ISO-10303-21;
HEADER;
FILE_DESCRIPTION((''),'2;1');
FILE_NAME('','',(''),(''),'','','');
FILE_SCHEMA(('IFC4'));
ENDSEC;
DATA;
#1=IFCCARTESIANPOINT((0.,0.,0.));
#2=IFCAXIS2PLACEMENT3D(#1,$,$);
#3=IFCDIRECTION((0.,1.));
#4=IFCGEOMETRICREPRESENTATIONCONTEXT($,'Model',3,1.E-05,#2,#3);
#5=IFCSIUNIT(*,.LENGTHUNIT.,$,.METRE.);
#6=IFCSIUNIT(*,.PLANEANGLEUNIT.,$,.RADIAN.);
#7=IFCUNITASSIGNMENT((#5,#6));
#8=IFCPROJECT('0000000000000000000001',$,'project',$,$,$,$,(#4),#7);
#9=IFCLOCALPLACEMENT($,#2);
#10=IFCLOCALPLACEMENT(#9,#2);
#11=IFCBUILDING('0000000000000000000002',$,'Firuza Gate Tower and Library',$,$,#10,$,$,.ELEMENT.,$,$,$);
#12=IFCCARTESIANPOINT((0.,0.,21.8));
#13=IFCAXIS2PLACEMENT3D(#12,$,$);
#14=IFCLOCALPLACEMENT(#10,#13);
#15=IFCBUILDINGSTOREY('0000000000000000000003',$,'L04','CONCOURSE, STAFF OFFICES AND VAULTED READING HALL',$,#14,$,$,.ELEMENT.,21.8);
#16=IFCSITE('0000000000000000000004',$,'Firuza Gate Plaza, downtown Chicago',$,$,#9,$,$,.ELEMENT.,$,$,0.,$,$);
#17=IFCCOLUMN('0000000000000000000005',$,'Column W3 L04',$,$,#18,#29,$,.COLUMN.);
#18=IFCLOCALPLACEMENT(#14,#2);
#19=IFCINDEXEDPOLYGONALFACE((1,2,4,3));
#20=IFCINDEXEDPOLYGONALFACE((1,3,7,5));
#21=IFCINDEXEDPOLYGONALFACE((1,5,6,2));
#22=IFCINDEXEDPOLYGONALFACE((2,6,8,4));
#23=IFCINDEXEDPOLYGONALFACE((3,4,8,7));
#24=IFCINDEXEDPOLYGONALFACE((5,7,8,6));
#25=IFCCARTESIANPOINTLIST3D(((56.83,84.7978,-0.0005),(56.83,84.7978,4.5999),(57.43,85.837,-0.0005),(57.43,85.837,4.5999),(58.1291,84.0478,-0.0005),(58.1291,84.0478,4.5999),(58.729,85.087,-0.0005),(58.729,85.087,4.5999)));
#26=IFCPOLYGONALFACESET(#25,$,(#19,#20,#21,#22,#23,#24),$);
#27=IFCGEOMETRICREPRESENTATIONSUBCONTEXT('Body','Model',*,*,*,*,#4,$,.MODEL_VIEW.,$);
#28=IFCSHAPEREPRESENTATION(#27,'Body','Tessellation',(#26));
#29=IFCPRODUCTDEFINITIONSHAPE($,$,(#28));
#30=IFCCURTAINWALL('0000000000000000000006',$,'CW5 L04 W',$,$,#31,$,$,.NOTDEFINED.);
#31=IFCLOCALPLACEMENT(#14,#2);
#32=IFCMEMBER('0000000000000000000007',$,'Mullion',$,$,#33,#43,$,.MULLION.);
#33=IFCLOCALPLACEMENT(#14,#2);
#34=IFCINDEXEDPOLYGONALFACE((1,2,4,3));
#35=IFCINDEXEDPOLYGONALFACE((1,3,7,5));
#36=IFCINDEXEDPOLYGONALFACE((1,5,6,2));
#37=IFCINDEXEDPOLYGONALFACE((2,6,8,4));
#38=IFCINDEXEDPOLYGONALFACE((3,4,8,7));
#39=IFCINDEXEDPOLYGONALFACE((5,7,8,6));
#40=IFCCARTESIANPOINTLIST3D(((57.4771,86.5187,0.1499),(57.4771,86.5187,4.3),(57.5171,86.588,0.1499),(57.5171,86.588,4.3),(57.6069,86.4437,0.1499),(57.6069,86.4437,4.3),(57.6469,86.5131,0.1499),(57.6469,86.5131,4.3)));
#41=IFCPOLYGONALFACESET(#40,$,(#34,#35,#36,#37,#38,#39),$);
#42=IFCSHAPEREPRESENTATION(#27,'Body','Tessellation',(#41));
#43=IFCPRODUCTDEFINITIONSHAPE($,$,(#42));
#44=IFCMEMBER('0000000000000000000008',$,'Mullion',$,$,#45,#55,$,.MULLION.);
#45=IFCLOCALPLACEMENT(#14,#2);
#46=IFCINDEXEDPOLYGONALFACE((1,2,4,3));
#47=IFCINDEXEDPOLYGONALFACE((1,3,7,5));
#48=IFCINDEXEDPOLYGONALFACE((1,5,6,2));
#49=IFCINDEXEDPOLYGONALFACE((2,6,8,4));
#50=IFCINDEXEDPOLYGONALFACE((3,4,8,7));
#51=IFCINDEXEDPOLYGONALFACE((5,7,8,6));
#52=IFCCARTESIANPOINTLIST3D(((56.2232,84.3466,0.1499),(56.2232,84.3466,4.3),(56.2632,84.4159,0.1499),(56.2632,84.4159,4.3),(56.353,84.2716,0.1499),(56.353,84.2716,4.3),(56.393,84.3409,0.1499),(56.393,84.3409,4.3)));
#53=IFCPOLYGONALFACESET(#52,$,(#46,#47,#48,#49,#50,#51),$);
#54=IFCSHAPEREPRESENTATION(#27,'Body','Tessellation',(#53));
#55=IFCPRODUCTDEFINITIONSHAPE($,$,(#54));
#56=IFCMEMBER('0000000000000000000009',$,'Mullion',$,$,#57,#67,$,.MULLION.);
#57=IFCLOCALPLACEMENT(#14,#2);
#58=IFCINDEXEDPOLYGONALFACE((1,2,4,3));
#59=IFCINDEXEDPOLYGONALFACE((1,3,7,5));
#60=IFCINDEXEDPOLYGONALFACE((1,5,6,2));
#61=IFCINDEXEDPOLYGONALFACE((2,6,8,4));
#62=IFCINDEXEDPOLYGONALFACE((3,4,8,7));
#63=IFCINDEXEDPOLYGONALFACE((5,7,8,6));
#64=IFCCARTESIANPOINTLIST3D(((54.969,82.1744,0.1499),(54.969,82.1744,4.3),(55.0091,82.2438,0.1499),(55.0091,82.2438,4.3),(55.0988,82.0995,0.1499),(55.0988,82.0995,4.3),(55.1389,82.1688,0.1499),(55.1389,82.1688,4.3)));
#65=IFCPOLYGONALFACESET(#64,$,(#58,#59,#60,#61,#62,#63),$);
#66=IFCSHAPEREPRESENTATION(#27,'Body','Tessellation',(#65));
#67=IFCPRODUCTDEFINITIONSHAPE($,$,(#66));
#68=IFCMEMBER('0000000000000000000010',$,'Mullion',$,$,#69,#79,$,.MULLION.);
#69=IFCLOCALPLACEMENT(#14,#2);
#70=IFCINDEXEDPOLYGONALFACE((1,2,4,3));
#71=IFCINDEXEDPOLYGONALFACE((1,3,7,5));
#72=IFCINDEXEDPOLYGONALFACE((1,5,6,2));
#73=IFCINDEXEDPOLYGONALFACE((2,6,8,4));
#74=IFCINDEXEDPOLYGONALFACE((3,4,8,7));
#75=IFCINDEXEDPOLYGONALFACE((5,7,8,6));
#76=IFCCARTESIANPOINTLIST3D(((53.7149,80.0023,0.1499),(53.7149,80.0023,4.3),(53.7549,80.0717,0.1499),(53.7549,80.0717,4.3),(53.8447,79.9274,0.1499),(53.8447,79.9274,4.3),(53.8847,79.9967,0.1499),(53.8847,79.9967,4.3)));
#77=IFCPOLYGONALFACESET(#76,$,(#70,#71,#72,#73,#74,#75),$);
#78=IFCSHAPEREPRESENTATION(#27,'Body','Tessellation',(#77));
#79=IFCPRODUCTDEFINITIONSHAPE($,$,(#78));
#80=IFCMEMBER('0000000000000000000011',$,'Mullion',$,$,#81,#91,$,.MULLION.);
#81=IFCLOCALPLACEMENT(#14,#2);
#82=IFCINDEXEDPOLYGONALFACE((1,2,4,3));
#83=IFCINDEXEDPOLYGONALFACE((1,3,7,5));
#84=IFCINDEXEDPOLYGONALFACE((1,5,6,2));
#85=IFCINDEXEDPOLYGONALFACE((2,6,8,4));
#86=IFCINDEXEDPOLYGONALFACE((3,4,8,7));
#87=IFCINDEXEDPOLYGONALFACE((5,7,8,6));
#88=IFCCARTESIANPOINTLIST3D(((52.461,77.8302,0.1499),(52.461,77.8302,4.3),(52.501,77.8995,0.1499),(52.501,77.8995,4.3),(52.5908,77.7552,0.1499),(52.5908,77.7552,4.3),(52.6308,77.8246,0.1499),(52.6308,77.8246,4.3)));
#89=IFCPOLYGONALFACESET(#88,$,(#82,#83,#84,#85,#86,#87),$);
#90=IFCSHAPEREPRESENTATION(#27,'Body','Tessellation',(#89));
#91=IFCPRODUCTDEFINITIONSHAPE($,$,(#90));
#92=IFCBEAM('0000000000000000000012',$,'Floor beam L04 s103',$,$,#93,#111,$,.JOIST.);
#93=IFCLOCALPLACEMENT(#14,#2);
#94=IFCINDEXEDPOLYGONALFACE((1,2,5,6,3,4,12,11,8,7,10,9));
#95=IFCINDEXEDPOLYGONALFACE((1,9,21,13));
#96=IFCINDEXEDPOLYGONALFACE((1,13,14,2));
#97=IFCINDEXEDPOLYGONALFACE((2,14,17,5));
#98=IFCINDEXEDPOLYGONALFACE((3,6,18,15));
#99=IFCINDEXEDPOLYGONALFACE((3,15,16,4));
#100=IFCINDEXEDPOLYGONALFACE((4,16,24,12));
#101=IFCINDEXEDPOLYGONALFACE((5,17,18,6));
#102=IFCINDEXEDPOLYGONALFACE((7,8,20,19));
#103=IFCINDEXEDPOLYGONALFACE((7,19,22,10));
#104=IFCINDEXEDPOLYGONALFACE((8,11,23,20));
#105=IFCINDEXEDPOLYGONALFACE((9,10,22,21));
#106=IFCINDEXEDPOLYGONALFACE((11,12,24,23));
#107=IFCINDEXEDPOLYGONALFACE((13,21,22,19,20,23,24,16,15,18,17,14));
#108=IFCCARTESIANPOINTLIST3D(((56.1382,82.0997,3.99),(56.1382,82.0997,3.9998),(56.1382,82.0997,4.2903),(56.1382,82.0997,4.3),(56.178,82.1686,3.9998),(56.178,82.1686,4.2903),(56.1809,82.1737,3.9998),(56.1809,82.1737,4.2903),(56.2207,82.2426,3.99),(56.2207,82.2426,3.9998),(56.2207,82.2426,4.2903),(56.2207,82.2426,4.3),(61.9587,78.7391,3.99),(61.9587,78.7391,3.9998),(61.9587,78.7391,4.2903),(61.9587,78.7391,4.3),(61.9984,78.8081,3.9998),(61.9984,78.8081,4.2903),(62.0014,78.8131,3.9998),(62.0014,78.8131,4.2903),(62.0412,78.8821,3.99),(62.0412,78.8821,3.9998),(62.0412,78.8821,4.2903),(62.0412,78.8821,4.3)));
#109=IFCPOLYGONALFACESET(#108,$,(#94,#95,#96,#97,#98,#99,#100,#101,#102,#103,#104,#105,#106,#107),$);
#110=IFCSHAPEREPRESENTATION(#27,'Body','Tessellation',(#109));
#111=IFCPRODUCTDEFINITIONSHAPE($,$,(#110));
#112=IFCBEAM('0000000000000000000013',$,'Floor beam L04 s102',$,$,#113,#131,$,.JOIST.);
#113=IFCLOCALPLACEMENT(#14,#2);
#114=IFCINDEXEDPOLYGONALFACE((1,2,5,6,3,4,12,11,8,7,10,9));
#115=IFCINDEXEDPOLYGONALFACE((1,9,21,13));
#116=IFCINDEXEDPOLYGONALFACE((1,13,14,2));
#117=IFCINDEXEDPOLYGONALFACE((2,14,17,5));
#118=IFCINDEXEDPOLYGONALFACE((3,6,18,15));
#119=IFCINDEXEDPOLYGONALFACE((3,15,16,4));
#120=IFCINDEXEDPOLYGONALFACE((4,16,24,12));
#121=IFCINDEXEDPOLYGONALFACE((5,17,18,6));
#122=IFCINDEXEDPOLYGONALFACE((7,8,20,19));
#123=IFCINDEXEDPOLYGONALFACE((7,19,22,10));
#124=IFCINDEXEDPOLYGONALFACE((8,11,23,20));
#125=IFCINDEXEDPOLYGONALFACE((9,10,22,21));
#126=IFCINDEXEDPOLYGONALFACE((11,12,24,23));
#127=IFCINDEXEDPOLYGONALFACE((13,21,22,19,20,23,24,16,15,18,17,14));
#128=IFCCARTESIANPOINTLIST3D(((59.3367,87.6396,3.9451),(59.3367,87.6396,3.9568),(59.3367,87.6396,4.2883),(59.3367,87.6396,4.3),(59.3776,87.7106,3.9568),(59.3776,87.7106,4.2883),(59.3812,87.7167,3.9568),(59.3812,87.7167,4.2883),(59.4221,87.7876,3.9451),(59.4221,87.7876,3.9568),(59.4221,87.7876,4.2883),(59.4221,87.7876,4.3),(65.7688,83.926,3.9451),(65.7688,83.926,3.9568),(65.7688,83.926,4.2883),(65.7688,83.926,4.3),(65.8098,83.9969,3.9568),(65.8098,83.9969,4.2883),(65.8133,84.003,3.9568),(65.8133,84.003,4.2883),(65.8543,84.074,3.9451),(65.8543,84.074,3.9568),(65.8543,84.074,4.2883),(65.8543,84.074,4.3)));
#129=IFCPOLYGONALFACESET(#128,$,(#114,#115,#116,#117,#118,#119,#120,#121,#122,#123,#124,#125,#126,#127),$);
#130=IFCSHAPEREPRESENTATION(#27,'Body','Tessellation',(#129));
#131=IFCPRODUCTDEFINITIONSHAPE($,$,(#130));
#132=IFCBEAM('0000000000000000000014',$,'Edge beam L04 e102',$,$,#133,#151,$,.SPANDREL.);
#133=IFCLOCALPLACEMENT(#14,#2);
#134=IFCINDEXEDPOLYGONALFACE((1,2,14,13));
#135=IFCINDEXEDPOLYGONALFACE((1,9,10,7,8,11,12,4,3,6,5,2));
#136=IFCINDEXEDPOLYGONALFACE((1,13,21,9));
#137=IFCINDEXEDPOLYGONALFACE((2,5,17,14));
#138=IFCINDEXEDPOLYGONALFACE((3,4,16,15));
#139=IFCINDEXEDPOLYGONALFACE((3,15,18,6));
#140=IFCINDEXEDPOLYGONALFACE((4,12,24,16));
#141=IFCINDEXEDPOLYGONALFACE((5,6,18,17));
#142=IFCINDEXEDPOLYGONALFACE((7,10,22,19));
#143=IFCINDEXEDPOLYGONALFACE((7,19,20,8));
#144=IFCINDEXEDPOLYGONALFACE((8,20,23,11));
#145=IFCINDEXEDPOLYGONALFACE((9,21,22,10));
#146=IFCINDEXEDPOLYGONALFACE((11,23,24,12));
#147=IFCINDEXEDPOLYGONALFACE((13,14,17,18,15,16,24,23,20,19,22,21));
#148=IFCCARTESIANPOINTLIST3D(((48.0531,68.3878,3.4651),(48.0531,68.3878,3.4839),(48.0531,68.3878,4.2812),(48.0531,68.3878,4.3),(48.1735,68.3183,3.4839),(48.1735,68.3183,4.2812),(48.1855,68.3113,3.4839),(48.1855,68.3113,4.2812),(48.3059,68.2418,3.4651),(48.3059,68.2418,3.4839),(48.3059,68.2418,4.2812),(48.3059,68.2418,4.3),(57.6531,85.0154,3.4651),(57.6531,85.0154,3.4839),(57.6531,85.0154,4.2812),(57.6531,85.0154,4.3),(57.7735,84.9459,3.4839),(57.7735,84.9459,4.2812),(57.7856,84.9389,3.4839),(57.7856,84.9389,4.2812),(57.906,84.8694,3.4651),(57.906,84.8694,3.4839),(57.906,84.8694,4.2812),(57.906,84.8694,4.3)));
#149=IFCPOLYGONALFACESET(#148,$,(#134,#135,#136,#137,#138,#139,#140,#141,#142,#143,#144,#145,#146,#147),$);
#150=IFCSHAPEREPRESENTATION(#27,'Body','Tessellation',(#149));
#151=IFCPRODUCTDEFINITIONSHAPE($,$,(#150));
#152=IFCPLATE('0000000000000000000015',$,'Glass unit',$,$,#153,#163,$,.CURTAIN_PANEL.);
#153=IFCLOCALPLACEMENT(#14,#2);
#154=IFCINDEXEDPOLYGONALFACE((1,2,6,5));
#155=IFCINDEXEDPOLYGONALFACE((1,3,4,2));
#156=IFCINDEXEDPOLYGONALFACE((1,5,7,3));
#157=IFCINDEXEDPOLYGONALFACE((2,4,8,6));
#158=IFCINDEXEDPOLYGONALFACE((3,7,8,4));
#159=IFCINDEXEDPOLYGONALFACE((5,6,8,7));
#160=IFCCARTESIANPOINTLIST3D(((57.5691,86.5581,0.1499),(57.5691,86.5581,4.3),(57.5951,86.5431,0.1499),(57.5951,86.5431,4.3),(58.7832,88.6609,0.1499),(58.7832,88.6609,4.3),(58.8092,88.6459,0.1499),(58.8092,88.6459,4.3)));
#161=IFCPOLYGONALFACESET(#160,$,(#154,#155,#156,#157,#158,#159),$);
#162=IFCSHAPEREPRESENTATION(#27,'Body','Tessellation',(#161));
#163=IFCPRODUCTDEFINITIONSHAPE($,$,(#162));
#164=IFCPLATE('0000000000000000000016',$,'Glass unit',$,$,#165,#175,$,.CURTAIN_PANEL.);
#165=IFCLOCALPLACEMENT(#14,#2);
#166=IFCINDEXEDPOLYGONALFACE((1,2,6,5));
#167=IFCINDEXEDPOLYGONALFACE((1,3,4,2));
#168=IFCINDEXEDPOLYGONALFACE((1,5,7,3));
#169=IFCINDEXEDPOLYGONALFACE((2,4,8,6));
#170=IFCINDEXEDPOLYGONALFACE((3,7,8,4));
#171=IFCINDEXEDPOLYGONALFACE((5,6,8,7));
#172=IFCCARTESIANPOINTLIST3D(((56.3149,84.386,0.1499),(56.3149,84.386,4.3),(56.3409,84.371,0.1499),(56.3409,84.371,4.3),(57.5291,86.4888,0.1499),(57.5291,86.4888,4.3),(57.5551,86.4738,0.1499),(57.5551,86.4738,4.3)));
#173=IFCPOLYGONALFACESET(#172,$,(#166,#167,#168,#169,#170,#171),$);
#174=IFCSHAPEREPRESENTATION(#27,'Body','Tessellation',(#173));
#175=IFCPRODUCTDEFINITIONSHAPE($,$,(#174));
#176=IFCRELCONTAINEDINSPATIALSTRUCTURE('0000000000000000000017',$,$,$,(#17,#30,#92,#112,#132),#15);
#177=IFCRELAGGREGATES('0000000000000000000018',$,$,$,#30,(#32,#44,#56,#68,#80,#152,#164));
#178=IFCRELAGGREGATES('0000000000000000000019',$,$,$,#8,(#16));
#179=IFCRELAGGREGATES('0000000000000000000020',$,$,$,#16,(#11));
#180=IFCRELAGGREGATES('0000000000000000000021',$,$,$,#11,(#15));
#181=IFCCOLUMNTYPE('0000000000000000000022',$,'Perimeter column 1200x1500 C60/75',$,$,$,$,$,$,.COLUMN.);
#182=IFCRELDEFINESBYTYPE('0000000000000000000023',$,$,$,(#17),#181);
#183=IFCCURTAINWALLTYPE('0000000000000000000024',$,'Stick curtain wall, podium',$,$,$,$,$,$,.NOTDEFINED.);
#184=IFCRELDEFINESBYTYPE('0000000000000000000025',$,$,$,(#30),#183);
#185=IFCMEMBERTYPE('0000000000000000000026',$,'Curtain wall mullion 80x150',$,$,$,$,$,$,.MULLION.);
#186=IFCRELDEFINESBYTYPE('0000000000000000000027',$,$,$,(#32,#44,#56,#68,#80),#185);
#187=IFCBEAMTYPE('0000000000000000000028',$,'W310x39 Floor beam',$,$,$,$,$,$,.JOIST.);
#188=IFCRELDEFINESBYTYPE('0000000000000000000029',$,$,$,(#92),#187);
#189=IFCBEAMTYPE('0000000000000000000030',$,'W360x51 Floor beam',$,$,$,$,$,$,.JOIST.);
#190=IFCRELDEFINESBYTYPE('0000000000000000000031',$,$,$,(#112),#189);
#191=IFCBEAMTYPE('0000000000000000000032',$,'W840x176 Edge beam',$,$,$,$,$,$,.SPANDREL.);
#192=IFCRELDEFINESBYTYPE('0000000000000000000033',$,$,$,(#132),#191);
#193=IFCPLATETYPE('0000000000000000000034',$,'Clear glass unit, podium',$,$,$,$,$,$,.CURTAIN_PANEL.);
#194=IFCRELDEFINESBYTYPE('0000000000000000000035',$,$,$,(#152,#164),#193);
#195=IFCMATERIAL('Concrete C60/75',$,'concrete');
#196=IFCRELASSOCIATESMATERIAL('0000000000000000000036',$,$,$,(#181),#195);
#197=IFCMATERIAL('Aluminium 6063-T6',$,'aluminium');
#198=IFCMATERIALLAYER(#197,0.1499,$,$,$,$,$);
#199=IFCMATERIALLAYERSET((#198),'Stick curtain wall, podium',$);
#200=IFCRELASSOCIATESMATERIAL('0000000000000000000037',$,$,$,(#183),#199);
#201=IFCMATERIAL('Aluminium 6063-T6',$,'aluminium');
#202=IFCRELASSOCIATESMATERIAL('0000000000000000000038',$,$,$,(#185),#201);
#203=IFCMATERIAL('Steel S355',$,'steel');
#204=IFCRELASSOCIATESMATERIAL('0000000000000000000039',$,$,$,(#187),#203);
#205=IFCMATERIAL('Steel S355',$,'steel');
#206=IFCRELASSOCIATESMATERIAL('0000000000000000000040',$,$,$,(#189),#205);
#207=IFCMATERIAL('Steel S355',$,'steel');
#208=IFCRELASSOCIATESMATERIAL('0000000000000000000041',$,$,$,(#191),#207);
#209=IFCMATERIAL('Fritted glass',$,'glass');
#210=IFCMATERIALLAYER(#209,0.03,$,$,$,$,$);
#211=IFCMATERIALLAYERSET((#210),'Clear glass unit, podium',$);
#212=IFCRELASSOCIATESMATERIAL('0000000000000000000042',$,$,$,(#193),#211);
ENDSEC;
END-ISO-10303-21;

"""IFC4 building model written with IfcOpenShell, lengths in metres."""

from ifc_helpers import new_model, si_unit, direction, frame, origin, origin_2d, place, context, subcontext, project, spatial, polyline, rectangle, i_section, outline, extrude, material, layer, layer_set, material_profile, profile_set, type_object, element, aggregate, save


model = new_model("IFC4")

# Units and contexts
model_context = context("Model", 3, precision=1e-05, world=origin(), true_north=direction((0.0, 1.0)))
body_context = subcontext(model_context, "Body", "Model", "MODEL_VIEW")
ifc_project = project(units=[si_unit("LENGTHUNIT", "METRE"), si_unit("PLANEANGLEUNIT", "RADIAN")], contexts=[model_context])

# Site, building, storey
site_placement = place(None, origin())
site = spatial("IfcSite", under=ifc_project, at=site_placement, Name="Firuza Gate Plaza, downtown Chicago", CompositionType="ELEMENT", RefElevation=0.0)
building_placement = place(site_placement, origin())
building = spatial("IfcBuilding", under=site, at=building_placement, Name="Firuza Gate Tower and Library", CompositionType="ELEMENT")
storey_placement = place(building_placement, frame((0.0, 0.0, 21.8)))
storey = spatial("IfcBuildingStorey", under=building, at=storey_placement, Name="L04", Description="CONCOURSE, STAFF OFFICES AND VAULTED READING HALL", CompositionType="ELEMENT", Elevation=21.8)

# Column
ifc_material_1 = material(Name="Concrete C60/75", Category="concrete")
ifc_material_profile_1 = material_profile(ifc_material_1, rectangle(XDim=1.2, YDim=1.5, at=origin_2d()))
ifc_profile_set_1 = profile_set([ifc_material_profile_1], Name="Concrete C60/75")
column_type = type_object("IfcColumnType", Name="Perimeter column 1200x1500 C60/75", PredefinedType="COLUMN", material=ifc_profile_set_1)
column_placement = place(storey_placement, frame((57.7795, 84.9424, -0.0005), z_axis=(0.0, 0.0, 1.0), x_axis=(-0.5, -0.866025, 0.0)))
element("IfcColumn", 1, at=column_placement, inside=storey, type_object=column_type, Name="Column W3 L04", PredefinedType="COLUMN", context=body_context, shape_type="SweptSolid", body=[
    extrude(rectangle(XDim=1.2, YDim=1.5, at=origin_2d()), origin(), (0.0, 0.0, 1.0), 4.6003),
])

# Curtain wall, members
ifc_material_2 = material(Name="Aluminium 6063-T6", Category="aluminium")
ifc_layer_1 = layer(ifc_material_2, 0.1499)
ifc_layer_set_1 = layer_set([ifc_layer_1], Name="Stick curtain wall, podium")
curtain_wall_type = type_object("IfcCurtainWallType", Name="Stick curtain wall, podium", PredefinedType="NOTDEFINED", material=ifc_layer_set_1)
curtain_wall_placement = place(storey_placement, origin())
curtain_wall = element("IfcCurtainWall", 2, at=curtain_wall_placement, inside=storey, type_object=curtain_wall_type, Name="CW5 L04 W", PredefinedType="NOTDEFINED")
ifc_material_3 = material(Name="Aluminium 6063-T6", Category="aluminium")
ifc_material_profile_2 = material_profile(ifc_material_3, rectangle(XDim=0.1499, YDim=0.0801, at=origin_2d()))
ifc_profile_set_2 = profile_set([ifc_material_profile_2], Name="Aluminium 6063-T6")
member_type = type_object("IfcMemberType", Name="Curtain wall mullion 80x150", PredefinedType="MULLION", material=ifc_profile_set_2)
member_1_placement = place(storey_placement, frame((57.562, 86.5159, 0.1499), z_axis=(0.0, 0.0, 1.0), x_axis=(0.866025, -0.5, 0.0)))
member_1 = element("IfcMember", 3, at=member_1_placement, type_object=member_type, Name="Mullion", PredefinedType="MULLION", context=body_context, shape_type="SweptSolid", body=[
    extrude(rectangle(XDim=0.1499, YDim=0.0801, at=origin_2d()), origin(), (0.0, 0.0, 1.0), 4.1501),
])
member_2_placement = place(storey_placement, frame((56.3081, 84.3438, 0.1499), z_axis=(0.0, 0.0, 1.0), x_axis=(0.866025, -0.5, 0.0)))
member_2 = element("IfcMember", 4, at=member_2_placement, type_object=member_type, Name="Mullion", PredefinedType="MULLION", context=body_context, shape_type="SweptSolid", body=[
    extrude(rectangle(XDim=0.1499, YDim=0.0801, at=origin_2d()), origin(), (0.0, 0.0, 1.0), 4.1501),
])
member_3_placement = place(storey_placement, frame((55.054, 82.1716, 0.1499), z_axis=(0.0, 0.0, 1.0), x_axis=(0.866025, -0.5, 0.0)))
member_3 = element("IfcMember", 5, at=member_3_placement, type_object=member_type, Name="Mullion", PredefinedType="MULLION", context=body_context, shape_type="SweptSolid", body=[
    extrude(rectangle(XDim=0.1499, YDim=0.0801, at=origin_2d()), origin(), (0.0, 0.0, 1.0), 4.1501),
])
member_4_placement = place(storey_placement, frame((53.7998, 79.9995, 0.1499), z_axis=(0.0, 0.0, 1.0), x_axis=(0.866025, -0.5, 0.0)))
member_4 = element("IfcMember", 6, at=member_4_placement, type_object=member_type, Name="Mullion", PredefinedType="MULLION", context=body_context, shape_type="SweptSolid", body=[
    extrude(rectangle(XDim=0.1499, YDim=0.0801, at=origin_2d()), origin(), (0.0, 0.0, 1.0), 4.1501),
])
member_5_placement = place(storey_placement, frame((52.5459, 77.8274, 0.1499), z_axis=(0.0, 0.0, 1.0), x_axis=(0.866025, -0.5, 0.0)))
member_5 = element("IfcMember", 7, at=member_5_placement, type_object=member_type, Name="Mullion", PredefinedType="MULLION", context=body_context, shape_type="SweptSolid", body=[
    extrude(rectangle(XDim=0.1499, YDim=0.0801, at=origin_2d()), origin(), (0.0, 0.0, 1.0), 4.1501),
])

# Beams
ifc_material_4 = material(Name="Steel S355", Category="steel")
ifc_material_profile_3 = material_profile(ifc_material_4, i_section(OverallWidth=0.165, OverallDepth=0.3101, WebThickness=0.0059, FlangeThickness=0.0098, at=origin_2d()))
ifc_profile_set_3 = profile_set([ifc_material_profile_3], Name="Steel S355")
beam_type_1 = type_object("IfcBeamType", Name="W310x39 Floor beam", PredefinedType="JOIST", material=ifc_profile_set_3)
beam_1_placement = place(storey_placement, frame((56.1794, 82.1711, 4.145), z_axis=(0.866019, -0.500011, 0.0), x_axis=(0.500011, 0.866019, 0.0)))
element("IfcBeam", 8, at=beam_1_placement, inside=storey, type_object=beam_type_1, Name="Floor beam L04 s103", PredefinedType="JOIST", context=body_context, shape_type="SweptSolid", body=[
    extrude(i_section(OverallWidth=0.165, OverallDepth=0.3101, WebThickness=0.0059, FlangeThickness=0.0098, at=origin_2d()), origin(), (0.0, 0.0, 1.0), 6.7209),
])
ifc_material_5 = material(Name="Steel S355", Category="steel")
ifc_material_profile_4 = material_profile(ifc_material_5, i_section(OverallWidth=0.1709, OverallDepth=0.355, WebThickness=0.0071, FlangeThickness=0.0117, at=origin_2d()))
ifc_profile_set_4 = profile_set([ifc_material_profile_4], Name="Steel S355")
beam_type_2 = type_object("IfcBeamType", Name="W360x51 Floor beam", PredefinedType="JOIST", material=ifc_profile_set_4)
beam_2_placement = place(storey_placement, frame((59.3794, 87.7136, 4.1226), z_axis=(0.866024, -0.500003, 0.0), x_axis=(0.500003, 0.866024, 0.0)))
element("IfcBeam", 9, at=beam_2_placement, inside=storey, type_object=beam_type_2, Name="Floor beam L04 s102", PredefinedType="JOIST", context=body_context, shape_type="SweptSolid", body=[
    extrude(i_section(OverallWidth=0.1709, OverallDepth=0.355, WebThickness=0.0071, FlangeThickness=0.0117, at=origin_2d()), origin(), (0.0, 0.0, 1.0), 7.4272),
])
ifc_material_6 = material(Name="Steel S355", Category="steel")
ifc_material_profile_5 = material_profile(ifc_material_6, i_section(OverallWidth=0.292, OverallDepth=0.835, WebThickness=0.0139, FlangeThickness=0.0188, at=origin_2d()))
ifc_profile_set_5 = profile_set([ifc_material_profile_5], Name="Steel S355")
beam_type_3 = type_object("IfcBeamType", Name="W840x176 Edge beam", PredefinedType="SPANDREL", material=ifc_profile_set_5)
beam_3_placement = place(storey_placement, frame((57.7795, 84.9424, 3.8826), z_axis=(-0.500004, -0.866023, 0.0), x_axis=(0.866023, -0.500004, 0.0)))
element("IfcBeam", 10, at=beam_3_placement, inside=storey, type_object=beam_type_3, Name="Edge beam L04 e102", PredefinedType="SPANDREL", context=body_context, shape_type="SweptSolid", body=[
    extrude(i_section(OverallWidth=0.292, OverallDepth=0.835, WebThickness=0.0139, FlangeThickness=0.0188, at=origin_2d()), origin(), (0.0, 0.0, 1.0), 19.2),
])

# Plates
ifc_material_7 = material(Name="Fritted glass", Category="glass")
ifc_layer_2 = layer(ifc_material_7, 0.03)
ifc_layer_set_2 = layer_set([ifc_layer_2], Name="Clear glass unit, podium")
plate_type = type_object("IfcPlateType", Name="Clear glass unit, podium", PredefinedType="CURTAIN_PANEL", material=ifc_layer_set_2)
plate_1_placement = place(storey_placement, frame((58.7832, 88.6609, 0.1499), z_axis=(-0.866013, 0.500021, 0.0), x_axis=(-0.500021, -0.866013, 0.0)))
plate_1 = element("IfcPlate", 11, at=plate_1_placement, type_object=plate_type, Name="Glass unit", PredefinedType="CURTAIN_PANEL", context=body_context, shape_type="SweptSolid", body=[
    extrude(outline(polyline([(0.0, 0.0), (2.4281, 0.0), (2.4281, 4.1501), (0.0, 4.1501), (0.0, 0.0)])), origin(), (0.0, 0.0, -1.0), 0.03),
])
plate_2_placement = place(storey_placement, frame((57.5291, 86.4888, 0.1499), z_axis=(-0.866013, 0.500021, 0.0), x_axis=(-0.500021, -0.866013, 0.0)))
plate_2 = element("IfcPlate", 12, at=plate_2_placement, type_object=plate_type, Name="Glass unit", PredefinedType="CURTAIN_PANEL", context=body_context, shape_type="SweptSolid", body=[
    extrude(outline(polyline([(0.0, 0.0), (2.4281, 0.0), (2.4281, 4.1501), (0.0, 4.1501), (0.0, 0.0)])), origin(), (0.0, 0.0, -1.0), 0.03),
])
aggregate(curtain_wall, [member_1, member_2, member_3, member_4, member_5, plate_1, plate_2])

save(model, "model.ifc")
